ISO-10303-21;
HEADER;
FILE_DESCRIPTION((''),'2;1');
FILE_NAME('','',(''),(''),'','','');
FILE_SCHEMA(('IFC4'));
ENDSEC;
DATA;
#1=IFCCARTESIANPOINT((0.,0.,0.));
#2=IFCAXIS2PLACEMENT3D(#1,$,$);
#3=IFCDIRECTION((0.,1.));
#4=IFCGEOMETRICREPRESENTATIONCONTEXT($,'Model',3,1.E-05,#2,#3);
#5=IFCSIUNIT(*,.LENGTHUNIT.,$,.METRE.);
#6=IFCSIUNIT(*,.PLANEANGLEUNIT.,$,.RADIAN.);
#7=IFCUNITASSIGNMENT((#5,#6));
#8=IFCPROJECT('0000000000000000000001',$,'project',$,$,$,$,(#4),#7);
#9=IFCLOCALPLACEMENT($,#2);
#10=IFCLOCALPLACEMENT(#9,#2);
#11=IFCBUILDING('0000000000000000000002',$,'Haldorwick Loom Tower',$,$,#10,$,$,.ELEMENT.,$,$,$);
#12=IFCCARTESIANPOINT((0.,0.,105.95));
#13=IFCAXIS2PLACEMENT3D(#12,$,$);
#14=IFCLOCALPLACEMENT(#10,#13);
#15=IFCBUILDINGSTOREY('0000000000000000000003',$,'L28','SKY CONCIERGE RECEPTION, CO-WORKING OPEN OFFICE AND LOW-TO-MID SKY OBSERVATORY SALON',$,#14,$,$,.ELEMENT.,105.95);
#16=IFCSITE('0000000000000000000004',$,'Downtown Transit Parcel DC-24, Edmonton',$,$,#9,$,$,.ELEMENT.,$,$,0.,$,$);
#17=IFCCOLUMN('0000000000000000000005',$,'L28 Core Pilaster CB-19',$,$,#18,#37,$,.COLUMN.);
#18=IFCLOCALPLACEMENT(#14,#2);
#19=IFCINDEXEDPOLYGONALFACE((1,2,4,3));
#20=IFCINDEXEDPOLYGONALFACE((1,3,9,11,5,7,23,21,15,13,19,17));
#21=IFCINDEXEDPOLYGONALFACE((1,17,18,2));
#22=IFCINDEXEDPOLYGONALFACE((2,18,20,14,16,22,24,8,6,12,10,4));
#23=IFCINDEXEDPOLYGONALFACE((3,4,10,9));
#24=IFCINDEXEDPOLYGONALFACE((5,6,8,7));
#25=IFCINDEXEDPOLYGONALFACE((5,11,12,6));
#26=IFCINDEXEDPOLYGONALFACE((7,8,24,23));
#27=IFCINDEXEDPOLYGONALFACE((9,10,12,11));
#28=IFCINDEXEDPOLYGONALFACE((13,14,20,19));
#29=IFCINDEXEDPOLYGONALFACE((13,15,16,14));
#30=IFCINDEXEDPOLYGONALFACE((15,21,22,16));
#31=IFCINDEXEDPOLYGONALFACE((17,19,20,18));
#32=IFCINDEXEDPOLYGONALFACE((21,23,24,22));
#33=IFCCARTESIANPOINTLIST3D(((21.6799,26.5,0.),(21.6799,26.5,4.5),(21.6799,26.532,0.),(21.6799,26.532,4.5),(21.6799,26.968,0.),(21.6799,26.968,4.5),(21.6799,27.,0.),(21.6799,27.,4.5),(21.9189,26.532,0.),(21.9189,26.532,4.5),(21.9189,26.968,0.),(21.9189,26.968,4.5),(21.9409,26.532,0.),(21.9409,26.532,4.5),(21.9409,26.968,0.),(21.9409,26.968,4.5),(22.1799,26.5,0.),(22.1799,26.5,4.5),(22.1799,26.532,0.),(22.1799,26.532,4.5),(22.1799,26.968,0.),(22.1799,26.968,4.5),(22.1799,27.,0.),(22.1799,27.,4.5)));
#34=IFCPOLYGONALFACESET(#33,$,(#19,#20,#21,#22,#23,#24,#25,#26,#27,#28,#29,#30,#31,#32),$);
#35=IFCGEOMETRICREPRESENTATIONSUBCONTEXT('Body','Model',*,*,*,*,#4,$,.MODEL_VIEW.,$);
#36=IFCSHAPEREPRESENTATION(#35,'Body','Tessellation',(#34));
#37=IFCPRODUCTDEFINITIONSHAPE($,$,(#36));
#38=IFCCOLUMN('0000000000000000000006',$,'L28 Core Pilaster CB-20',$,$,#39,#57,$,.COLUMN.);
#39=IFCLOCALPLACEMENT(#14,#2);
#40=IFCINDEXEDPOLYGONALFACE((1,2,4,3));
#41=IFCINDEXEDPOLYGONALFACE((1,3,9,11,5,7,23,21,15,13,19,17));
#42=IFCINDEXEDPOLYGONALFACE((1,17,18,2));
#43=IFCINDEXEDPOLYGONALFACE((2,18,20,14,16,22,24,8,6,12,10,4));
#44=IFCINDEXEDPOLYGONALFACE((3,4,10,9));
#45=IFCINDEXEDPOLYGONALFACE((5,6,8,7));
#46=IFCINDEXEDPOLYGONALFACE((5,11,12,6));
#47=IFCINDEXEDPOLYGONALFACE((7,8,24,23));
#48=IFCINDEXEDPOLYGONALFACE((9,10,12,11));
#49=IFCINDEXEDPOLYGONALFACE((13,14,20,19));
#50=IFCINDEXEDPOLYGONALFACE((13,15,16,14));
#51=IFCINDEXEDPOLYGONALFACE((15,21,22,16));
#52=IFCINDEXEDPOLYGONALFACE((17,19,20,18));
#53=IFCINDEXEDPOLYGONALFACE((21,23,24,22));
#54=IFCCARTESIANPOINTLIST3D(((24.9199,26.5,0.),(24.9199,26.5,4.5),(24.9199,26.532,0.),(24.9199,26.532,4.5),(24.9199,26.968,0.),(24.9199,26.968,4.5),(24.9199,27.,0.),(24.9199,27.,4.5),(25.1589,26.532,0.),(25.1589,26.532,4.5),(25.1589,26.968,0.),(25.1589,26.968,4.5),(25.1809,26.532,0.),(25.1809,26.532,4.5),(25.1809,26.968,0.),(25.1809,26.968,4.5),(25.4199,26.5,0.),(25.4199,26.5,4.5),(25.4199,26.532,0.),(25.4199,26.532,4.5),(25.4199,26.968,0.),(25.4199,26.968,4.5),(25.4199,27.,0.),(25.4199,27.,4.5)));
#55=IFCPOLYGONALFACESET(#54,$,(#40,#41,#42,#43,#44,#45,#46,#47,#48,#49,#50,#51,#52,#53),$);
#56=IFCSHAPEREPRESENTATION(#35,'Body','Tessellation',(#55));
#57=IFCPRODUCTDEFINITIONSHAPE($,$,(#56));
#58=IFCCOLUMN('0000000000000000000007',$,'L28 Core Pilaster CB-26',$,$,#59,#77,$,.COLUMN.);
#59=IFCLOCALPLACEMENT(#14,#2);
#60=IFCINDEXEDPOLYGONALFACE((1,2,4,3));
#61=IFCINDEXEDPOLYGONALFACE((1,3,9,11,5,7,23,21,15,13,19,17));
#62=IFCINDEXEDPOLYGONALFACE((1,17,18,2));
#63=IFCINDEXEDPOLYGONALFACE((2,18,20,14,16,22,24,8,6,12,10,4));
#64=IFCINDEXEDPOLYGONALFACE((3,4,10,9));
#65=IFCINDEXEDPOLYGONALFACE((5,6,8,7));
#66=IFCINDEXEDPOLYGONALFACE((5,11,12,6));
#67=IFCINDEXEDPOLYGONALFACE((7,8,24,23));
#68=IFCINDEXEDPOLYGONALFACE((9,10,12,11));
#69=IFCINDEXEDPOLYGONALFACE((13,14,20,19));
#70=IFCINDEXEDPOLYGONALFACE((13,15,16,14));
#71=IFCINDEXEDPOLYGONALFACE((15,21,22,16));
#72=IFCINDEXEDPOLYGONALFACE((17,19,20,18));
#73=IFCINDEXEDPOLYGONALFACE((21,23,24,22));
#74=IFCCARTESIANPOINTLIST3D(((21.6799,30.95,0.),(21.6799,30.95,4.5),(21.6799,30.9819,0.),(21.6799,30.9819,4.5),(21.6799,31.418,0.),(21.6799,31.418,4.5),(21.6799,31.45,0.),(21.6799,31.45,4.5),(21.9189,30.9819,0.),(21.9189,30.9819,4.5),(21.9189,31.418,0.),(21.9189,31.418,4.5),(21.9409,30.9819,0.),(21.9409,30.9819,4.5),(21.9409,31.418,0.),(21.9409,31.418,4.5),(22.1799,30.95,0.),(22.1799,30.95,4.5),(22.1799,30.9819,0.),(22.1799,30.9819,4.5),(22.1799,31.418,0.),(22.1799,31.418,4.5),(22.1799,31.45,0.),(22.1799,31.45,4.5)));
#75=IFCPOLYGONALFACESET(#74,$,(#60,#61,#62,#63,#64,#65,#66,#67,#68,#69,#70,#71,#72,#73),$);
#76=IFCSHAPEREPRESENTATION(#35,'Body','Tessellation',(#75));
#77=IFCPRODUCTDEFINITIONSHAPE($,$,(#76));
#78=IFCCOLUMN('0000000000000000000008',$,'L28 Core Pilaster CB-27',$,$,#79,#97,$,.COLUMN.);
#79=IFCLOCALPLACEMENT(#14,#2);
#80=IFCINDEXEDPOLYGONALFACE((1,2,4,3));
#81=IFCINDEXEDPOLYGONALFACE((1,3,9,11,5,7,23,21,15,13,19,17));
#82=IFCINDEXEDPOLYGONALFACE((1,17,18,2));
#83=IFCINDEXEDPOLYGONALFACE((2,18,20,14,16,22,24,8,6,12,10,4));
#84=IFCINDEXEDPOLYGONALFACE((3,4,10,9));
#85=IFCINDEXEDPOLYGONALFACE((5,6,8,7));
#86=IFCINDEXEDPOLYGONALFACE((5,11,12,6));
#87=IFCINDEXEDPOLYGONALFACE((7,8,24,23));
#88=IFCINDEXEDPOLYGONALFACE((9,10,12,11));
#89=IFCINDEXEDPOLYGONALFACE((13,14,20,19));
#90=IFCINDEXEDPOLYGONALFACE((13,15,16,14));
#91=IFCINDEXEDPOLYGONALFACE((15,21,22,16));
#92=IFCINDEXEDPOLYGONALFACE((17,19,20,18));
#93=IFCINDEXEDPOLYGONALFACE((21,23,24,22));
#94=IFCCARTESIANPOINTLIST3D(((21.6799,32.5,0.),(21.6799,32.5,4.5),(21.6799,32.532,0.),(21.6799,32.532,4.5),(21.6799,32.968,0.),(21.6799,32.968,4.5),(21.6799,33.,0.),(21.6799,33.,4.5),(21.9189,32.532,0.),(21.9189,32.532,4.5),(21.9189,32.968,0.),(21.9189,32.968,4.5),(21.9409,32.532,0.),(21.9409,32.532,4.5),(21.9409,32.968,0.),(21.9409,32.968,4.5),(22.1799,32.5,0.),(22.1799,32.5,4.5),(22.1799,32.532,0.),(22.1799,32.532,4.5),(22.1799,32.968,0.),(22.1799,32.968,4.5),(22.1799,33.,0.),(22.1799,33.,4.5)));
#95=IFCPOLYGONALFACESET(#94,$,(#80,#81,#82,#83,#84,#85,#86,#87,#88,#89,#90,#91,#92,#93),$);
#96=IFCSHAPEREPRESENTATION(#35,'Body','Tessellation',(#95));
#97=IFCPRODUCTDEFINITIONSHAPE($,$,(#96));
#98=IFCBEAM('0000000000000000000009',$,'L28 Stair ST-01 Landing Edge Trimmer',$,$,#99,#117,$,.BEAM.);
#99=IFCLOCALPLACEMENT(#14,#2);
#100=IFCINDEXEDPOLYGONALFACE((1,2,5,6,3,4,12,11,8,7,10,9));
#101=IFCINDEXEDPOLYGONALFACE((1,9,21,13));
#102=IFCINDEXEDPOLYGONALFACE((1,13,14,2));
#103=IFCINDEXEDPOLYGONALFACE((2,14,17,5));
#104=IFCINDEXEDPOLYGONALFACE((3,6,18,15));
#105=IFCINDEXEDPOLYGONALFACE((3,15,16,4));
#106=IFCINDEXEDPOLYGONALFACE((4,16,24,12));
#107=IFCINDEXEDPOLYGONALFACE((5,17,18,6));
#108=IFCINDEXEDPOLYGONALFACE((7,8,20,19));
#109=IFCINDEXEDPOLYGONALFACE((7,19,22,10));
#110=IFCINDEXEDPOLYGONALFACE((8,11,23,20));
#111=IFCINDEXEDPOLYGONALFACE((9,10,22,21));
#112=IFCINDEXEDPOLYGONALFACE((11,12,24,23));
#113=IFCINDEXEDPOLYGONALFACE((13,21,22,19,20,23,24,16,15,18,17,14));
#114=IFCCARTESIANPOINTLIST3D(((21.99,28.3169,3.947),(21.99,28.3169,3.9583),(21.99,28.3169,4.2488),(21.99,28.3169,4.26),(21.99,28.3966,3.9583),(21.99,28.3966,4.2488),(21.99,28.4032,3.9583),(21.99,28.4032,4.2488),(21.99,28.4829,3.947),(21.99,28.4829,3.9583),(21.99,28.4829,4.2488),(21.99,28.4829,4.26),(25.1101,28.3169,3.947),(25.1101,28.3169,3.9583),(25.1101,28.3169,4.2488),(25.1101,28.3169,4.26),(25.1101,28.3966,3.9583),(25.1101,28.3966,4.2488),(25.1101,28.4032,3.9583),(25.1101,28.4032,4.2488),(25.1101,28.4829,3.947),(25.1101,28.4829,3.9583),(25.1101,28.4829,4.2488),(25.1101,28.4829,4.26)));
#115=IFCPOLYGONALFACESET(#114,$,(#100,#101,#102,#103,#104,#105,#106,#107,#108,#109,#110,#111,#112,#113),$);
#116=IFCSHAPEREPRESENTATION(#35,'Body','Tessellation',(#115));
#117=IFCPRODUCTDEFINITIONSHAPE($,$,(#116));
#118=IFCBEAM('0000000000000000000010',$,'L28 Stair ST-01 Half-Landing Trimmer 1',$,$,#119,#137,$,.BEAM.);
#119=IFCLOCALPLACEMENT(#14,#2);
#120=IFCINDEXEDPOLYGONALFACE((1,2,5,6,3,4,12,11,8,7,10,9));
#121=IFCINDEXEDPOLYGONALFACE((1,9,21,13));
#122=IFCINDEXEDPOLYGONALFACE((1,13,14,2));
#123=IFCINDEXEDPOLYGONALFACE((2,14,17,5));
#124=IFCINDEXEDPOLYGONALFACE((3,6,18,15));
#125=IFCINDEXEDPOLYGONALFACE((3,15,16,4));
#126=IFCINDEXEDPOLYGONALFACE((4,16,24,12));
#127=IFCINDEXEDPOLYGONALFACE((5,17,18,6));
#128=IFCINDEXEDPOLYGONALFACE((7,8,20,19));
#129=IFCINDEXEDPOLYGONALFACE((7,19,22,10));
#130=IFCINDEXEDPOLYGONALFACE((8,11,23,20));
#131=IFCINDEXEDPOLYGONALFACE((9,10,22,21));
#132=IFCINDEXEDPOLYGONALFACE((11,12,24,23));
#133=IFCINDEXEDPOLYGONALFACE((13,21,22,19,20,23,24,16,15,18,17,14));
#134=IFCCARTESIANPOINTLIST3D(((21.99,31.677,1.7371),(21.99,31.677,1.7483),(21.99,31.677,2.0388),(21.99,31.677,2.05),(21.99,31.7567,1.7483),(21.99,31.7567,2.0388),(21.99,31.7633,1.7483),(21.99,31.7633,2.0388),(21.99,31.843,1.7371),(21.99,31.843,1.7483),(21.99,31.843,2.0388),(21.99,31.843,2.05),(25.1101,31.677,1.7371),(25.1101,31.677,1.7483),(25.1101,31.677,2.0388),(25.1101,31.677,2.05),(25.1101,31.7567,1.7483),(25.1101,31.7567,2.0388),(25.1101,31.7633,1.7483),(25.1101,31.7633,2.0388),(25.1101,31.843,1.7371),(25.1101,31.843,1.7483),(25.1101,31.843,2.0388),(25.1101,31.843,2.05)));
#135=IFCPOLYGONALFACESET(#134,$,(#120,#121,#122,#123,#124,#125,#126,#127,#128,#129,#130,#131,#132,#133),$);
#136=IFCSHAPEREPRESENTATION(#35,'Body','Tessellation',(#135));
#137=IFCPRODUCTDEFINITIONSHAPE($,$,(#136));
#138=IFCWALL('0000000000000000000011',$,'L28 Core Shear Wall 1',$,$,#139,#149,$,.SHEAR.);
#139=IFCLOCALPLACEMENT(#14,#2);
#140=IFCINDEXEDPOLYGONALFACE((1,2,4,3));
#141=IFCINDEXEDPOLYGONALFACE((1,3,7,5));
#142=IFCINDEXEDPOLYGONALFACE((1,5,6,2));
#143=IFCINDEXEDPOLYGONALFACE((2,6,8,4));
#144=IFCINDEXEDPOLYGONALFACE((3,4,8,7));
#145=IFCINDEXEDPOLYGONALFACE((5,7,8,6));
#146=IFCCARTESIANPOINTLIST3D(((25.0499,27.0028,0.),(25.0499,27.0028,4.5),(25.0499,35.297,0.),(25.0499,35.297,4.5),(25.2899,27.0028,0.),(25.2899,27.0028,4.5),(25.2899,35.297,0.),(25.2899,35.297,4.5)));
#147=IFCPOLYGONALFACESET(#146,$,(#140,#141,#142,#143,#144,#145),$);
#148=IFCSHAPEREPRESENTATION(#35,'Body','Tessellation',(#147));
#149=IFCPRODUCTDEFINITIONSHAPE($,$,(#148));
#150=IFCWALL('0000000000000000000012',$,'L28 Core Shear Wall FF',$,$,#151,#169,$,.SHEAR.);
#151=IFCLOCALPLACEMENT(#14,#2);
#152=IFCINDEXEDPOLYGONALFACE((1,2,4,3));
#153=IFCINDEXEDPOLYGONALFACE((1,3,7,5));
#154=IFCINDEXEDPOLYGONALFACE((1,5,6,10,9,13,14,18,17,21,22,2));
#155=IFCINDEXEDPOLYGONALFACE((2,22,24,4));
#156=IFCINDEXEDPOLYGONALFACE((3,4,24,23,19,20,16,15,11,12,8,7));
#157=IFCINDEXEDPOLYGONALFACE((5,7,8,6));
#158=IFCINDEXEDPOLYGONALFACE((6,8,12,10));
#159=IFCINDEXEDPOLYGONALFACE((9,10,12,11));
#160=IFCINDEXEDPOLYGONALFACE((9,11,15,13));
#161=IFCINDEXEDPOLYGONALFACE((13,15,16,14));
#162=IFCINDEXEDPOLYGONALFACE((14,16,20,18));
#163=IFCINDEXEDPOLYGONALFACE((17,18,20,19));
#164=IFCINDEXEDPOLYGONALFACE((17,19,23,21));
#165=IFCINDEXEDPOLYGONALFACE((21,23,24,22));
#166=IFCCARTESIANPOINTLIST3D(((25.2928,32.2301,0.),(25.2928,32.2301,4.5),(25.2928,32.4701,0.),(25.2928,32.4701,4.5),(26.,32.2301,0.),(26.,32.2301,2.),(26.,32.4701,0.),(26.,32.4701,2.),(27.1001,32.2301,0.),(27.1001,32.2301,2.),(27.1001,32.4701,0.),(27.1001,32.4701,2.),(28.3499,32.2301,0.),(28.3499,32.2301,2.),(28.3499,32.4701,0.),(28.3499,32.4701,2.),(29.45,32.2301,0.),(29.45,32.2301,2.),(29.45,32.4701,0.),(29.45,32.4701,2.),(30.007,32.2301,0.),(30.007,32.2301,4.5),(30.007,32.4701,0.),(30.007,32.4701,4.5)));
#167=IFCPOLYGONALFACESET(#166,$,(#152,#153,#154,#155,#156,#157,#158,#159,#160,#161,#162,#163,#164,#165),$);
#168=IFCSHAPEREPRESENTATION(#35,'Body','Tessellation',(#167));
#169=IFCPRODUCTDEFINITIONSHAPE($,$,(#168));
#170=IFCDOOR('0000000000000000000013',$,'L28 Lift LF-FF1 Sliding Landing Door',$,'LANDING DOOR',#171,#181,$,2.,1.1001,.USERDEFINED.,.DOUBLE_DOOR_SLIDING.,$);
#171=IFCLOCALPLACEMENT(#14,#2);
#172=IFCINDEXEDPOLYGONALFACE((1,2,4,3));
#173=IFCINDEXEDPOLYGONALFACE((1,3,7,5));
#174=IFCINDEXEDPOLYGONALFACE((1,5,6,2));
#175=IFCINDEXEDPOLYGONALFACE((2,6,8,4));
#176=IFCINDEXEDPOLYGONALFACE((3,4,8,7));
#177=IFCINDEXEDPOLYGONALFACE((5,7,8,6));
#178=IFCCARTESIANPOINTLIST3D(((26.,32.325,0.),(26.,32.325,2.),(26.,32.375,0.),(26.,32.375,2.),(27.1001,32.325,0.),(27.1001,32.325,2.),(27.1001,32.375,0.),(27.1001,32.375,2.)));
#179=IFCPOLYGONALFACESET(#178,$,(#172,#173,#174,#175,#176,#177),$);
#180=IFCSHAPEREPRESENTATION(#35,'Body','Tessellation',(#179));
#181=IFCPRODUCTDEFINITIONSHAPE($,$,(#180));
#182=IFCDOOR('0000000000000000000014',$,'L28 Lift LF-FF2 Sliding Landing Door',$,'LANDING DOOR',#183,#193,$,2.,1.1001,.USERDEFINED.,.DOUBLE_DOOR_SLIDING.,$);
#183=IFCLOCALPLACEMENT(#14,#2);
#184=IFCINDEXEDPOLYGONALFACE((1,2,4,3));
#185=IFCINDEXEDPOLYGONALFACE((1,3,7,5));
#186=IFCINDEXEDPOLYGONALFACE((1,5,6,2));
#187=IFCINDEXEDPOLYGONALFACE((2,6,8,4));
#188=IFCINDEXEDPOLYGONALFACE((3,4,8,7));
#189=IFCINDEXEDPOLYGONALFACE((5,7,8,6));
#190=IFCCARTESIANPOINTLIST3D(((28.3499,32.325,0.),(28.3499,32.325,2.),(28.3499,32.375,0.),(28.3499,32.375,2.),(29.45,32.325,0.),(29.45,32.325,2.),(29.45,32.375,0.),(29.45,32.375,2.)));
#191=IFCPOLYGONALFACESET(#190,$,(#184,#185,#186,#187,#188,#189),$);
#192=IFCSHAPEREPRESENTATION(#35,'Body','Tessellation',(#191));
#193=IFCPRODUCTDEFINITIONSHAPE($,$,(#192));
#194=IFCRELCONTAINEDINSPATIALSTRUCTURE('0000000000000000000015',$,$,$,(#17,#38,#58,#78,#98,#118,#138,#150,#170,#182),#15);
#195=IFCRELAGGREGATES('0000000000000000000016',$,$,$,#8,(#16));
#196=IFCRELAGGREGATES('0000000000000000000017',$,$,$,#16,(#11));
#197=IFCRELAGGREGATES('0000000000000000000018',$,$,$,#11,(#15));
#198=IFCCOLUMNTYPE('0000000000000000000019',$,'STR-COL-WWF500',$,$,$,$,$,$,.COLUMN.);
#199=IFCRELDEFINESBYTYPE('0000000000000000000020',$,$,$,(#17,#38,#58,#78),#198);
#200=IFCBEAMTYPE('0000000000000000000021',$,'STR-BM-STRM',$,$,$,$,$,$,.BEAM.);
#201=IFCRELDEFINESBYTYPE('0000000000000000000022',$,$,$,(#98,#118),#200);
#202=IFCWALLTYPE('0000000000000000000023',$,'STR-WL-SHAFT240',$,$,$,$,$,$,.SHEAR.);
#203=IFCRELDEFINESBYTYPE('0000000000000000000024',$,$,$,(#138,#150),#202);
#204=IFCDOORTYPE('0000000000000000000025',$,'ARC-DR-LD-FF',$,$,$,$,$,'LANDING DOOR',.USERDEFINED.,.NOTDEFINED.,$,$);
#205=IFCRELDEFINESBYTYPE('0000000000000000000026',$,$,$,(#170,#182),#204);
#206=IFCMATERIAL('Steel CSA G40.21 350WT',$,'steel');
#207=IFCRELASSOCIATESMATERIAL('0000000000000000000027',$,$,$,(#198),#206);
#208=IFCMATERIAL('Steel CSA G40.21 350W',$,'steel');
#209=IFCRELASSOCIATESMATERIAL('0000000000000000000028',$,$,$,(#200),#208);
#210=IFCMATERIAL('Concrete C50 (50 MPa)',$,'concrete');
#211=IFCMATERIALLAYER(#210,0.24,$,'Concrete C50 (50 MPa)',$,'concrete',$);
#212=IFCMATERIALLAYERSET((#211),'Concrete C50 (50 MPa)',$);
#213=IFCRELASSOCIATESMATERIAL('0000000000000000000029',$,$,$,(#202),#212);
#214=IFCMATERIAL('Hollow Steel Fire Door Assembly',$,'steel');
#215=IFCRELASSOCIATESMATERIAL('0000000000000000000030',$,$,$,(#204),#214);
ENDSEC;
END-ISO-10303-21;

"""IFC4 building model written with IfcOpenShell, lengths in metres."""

from ifc_helpers import new_model, si_unit, direction, frame, frame_2d, origin, origin_2d, place, context, subcontext, project, spatial, rectangle, i_section, extrude, material, layer, layer_set, material_profile, profile_set, type_object, element, fill, save


model = new_model("IFC4")

# Units and contexts
model_context = context("Model", 3, precision=1e-05, world=origin(), true_north=direction((0.0, 1.0)))
body_context = subcontext(model_context, "Body", "Model", "MODEL_VIEW")
ifc_project = project(units=[si_unit("LENGTHUNIT", "METRE"), si_unit("PLANEANGLEUNIT", "RADIAN")], contexts=[model_context])

# Site, building, storey
site_placement = place(None, origin())
site = spatial("IfcSite", under=ifc_project, at=site_placement, Name="Downtown Transit Parcel DC-24, Edmonton", CompositionType="ELEMENT", RefElevation=0.0)
building_placement = place(site_placement, origin())
building = spatial("IfcBuilding", under=site, at=building_placement, Name="Haldorwick Loom Tower", CompositionType="ELEMENT")
storey_placement = place(building_placement, frame((0.0, 0.0, 105.95)))
storey = spatial("IfcBuildingStorey", under=building, at=storey_placement, Name="L28", Description="SKY CONCIERGE RECEPTION, CO-WORKING OPEN OFFICE AND LOW-TO-MID SKY OBSERVATORY SALON", CompositionType="ELEMENT", Elevation=105.95)

# Columns
ifc_material_1 = material(Name="Steel CSA G40.21 350WT", Category="steel")
ifc_material_profile_1 = material_profile(ifc_material_1, i_section(OverallWidth=0.5, OverallDepth=0.5, WebThickness=0.022, FlangeThickness=0.032, at=origin_2d()), Name="WWF500X500", Category="steel")
ifc_profile_set_1 = profile_set([ifc_material_profile_1], Name="Steel CSA G40.21 350WT")
column_type = type_object("IfcColumnType", Name="STR-COL-WWF500", PredefinedType="COLUMN", material=ifc_profile_set_1)
for number, where, z_axis, x_axis, name in (
    (1, (21.9299, 26.75, 0.0), (0.0, 0.0, 1.0), (1.0, 0.0, 0.0), "L28 Core Pilaster CB-19"),
    (2, (25.1699, 26.75, 0.0), (0.0, 0.0, 1.0), (1.0, 0.0, 0.0), "L28 Core Pilaster CB-20"),
    (3, (21.9299, 31.2, 0.0), (0.0, 0.0, 1.0), (1.0, 0.0, 0.0), "L28 Core Pilaster CB-26"),
    (4, (21.9299, 32.75, 0.0), (0.0, 0.0, 1.0), (1.0, 0.0, 0.0), "L28 Core Pilaster CB-27"),
):
    element("IfcColumn", number, at=place(storey_placement, frame(where, z_axis=z_axis, x_axis=x_axis)), inside=storey, type_object=column_type, Name=name, PredefinedType="COLUMN", context=body_context, shape_type="SweptSolid", body=[
        extrude(i_section(OverallWidth=0.5, OverallDepth=0.5, WebThickness=0.022, FlangeThickness=0.032, at=origin_2d()), origin(), (0.0, 0.0, 1.0), 4.5),
    ])

# Beams
ifc_material_2 = material(Name="Steel CSA G40.21 350W", Category="steel")
ifc_material_profile_2 = material_profile(ifc_material_2, i_section(OverallWidth=0.166, OverallDepth=0.313, WebThickness=0.0066, FlangeThickness=0.0112, at=origin_2d()), Name="W310X45", Category="steel")
ifc_profile_set_2 = profile_set([ifc_material_profile_2], Name="Steel CSA G40.21 350W")
beam_type = type_object("IfcBeamType", Name="STR-BM-STRM", PredefinedType="BEAM", material=ifc_profile_set_2)
for number, where, z_axis, x_axis, name in (
    (5, (21.99, 28.3999, 4.1035), (1.0, 0.0, 0.0), (0.0, 1.0, 0.0), "L28 Stair ST-01 Landing Edge Trimmer"),
    (6, (21.99, 31.76, 1.8936), (1.0, 0.0, 0.0), (0.0, 1.0, 0.0), "L28 Stair ST-01 Half-Landing Trimmer 1"),
):
    element("IfcBeam", number, at=place(storey_placement, frame(where, z_axis=z_axis, x_axis=x_axis)), inside=storey, type_object=beam_type, Name=name, PredefinedType="BEAM", context=body_context, shape_type="SweptSolid", body=[
        extrude(i_section(OverallWidth=0.166, OverallDepth=0.313, WebThickness=0.0066, FlangeThickness=0.0112, at=origin_2d()), origin(), (0.0, 0.0, 1.0), 3.1201),
    ])

# Wall
ifc_material_3 = material(Name="Concrete C50 (50 MPa)", Category="concrete")
ifc_layer = layer(ifc_material_3, 0.24, Name="Concrete C50 (50 MPa)", Category="concrete")
ifc_layer_set = layer_set([ifc_layer], Name="Concrete C50 (50 MPa)")
wall_type = type_object("IfcWallType", Name="STR-WL-SHAFT240", PredefinedType="SHEAR", material=ifc_layer_set)
wall_1_placement = place(storey_placement, frame((25.1699, 27.0029, 0.0), z_axis=(0.0, 0.0, 1.0), x_axis=(0.0, 1.0, 0.0)))
element("IfcWall", 7, at=wall_1_placement, inside=storey, type_object=wall_type, Name="L28 Core Shear Wall 1", PredefinedType="SHEAR", context=body_context, shape_type="SweptSolid", body=[
    extrude(rectangle(XDim=8.2942, YDim=0.24, at=frame_2d((4.147, 0.0))), origin(), (0.0, 0.0, 1.0), 4.5),
])

# Wall, openings, doors
wall_2_placement = place(storey_placement, frame((25.293, 32.3501, 0.0), z_axis=(0.0, 0.0, 1.0), x_axis=(1.0, 0.0, 0.0)))
wall_2 = element("IfcWall", 8, at=wall_2_placement, inside=storey, type_object=wall_type, Name="L28 Core Shear Wall FF", PredefinedType="SHEAR", context=body_context, shape_type="SweptSolid", body=[
    extrude(rectangle(XDim=4.7141, YDim=0.24, at=frame_2d((2.3569, 0.0))), origin(), (0.0, 0.0, 1.0), 4.5),
])
opening_1_placement = place(wall_2_placement, frame((0.707, 0.0, 0.0)))
opening_1 = element("IfcOpeningElement", 9, at=opening_1_placement, cuts=wall_2, PredefinedType="OPENING", context=body_context, shape_type="SweptSolid", body=[
    extrude(rectangle(XDim=1.1001, YDim=2.0, at=frame_2d((0.55, 1.0))), frame((0.0, 0.1299, 0.0), z_axis=(0.0, -1.0, 0.0), x_axis=(1.0, 0.0, 0.0)), (0.0, 0.0, 1.0), 0.26),
])
opening_2_placement = place(wall_2_placement, frame((3.0569, 0.0, 0.0)))
opening_2 = element("IfcOpeningElement", 10, at=opening_2_placement, cuts=wall_2, PredefinedType="OPENING", context=body_context, shape_type="SweptSolid", body=[
    extrude(rectangle(XDim=1.1001, YDim=2.0, at=frame_2d((0.55, 1.0))), frame((0.0, 0.1299, 0.0), z_axis=(0.0, -1.0, 0.0), x_axis=(1.0, 0.0, 0.0)), (0.0, 0.0, 1.0), 0.26),
])
ifc_material_4 = material(Name="Hollow Steel Fire Door Assembly", Category="steel")
door_type = type_object("IfcDoorType", Name="ARC-DR-LD-FF", ElementType="LANDING DOOR", OperationType="NOTDEFINED", PredefinedType="USERDEFINED", material=ifc_material_4)
door_1_placement = place(opening_1_placement, origin())
door_1 = element("IfcDoor", 11, at=door_1_placement, inside=storey, type_object=door_type, Name="L28 Lift LF-FF1 Sliding Landing Door", ObjectType="LANDING DOOR", OperationType="DOUBLE_DOOR_SLIDING", OverallHeight=2.0, OverallWidth=1.1001, PredefinedType="USERDEFINED", context=body_context, shape_type="SweptSolid", body=[
    extrude(rectangle(XDim=1.1001, YDim=2.0, at=frame_2d((0.55, 1.0))), frame((0.0, 0.0249, 0.0), z_axis=(0.0, -1.0, 0.0), x_axis=(1.0, 0.0, 0.0)), (0.0, 0.0, 1.0), 0.05),
])
fill(opening_1, door_1)
door_2_placement = place(opening_2_placement, origin())
door_2 = element("IfcDoor", 12, at=door_2_placement, inside=storey, type_object=door_type, Name="L28 Lift LF-FF2 Sliding Landing Door", ObjectType="LANDING DOOR", OperationType="DOUBLE_DOOR_SLIDING", OverallHeight=2.0, OverallWidth=1.1001, PredefinedType="USERDEFINED", context=body_context, shape_type="SweptSolid", body=[
    extrude(rectangle(XDim=1.1001, YDim=2.0, at=frame_2d((0.55, 1.0))), frame((0.0, 0.0249, 0.0), z_axis=(0.0, -1.0, 0.0), x_axis=(1.0, 0.0, 0.0)), (0.0, 0.0, 1.0), 0.05),
])
fill(opening_2, door_2)

save(model, "model.ifc")
